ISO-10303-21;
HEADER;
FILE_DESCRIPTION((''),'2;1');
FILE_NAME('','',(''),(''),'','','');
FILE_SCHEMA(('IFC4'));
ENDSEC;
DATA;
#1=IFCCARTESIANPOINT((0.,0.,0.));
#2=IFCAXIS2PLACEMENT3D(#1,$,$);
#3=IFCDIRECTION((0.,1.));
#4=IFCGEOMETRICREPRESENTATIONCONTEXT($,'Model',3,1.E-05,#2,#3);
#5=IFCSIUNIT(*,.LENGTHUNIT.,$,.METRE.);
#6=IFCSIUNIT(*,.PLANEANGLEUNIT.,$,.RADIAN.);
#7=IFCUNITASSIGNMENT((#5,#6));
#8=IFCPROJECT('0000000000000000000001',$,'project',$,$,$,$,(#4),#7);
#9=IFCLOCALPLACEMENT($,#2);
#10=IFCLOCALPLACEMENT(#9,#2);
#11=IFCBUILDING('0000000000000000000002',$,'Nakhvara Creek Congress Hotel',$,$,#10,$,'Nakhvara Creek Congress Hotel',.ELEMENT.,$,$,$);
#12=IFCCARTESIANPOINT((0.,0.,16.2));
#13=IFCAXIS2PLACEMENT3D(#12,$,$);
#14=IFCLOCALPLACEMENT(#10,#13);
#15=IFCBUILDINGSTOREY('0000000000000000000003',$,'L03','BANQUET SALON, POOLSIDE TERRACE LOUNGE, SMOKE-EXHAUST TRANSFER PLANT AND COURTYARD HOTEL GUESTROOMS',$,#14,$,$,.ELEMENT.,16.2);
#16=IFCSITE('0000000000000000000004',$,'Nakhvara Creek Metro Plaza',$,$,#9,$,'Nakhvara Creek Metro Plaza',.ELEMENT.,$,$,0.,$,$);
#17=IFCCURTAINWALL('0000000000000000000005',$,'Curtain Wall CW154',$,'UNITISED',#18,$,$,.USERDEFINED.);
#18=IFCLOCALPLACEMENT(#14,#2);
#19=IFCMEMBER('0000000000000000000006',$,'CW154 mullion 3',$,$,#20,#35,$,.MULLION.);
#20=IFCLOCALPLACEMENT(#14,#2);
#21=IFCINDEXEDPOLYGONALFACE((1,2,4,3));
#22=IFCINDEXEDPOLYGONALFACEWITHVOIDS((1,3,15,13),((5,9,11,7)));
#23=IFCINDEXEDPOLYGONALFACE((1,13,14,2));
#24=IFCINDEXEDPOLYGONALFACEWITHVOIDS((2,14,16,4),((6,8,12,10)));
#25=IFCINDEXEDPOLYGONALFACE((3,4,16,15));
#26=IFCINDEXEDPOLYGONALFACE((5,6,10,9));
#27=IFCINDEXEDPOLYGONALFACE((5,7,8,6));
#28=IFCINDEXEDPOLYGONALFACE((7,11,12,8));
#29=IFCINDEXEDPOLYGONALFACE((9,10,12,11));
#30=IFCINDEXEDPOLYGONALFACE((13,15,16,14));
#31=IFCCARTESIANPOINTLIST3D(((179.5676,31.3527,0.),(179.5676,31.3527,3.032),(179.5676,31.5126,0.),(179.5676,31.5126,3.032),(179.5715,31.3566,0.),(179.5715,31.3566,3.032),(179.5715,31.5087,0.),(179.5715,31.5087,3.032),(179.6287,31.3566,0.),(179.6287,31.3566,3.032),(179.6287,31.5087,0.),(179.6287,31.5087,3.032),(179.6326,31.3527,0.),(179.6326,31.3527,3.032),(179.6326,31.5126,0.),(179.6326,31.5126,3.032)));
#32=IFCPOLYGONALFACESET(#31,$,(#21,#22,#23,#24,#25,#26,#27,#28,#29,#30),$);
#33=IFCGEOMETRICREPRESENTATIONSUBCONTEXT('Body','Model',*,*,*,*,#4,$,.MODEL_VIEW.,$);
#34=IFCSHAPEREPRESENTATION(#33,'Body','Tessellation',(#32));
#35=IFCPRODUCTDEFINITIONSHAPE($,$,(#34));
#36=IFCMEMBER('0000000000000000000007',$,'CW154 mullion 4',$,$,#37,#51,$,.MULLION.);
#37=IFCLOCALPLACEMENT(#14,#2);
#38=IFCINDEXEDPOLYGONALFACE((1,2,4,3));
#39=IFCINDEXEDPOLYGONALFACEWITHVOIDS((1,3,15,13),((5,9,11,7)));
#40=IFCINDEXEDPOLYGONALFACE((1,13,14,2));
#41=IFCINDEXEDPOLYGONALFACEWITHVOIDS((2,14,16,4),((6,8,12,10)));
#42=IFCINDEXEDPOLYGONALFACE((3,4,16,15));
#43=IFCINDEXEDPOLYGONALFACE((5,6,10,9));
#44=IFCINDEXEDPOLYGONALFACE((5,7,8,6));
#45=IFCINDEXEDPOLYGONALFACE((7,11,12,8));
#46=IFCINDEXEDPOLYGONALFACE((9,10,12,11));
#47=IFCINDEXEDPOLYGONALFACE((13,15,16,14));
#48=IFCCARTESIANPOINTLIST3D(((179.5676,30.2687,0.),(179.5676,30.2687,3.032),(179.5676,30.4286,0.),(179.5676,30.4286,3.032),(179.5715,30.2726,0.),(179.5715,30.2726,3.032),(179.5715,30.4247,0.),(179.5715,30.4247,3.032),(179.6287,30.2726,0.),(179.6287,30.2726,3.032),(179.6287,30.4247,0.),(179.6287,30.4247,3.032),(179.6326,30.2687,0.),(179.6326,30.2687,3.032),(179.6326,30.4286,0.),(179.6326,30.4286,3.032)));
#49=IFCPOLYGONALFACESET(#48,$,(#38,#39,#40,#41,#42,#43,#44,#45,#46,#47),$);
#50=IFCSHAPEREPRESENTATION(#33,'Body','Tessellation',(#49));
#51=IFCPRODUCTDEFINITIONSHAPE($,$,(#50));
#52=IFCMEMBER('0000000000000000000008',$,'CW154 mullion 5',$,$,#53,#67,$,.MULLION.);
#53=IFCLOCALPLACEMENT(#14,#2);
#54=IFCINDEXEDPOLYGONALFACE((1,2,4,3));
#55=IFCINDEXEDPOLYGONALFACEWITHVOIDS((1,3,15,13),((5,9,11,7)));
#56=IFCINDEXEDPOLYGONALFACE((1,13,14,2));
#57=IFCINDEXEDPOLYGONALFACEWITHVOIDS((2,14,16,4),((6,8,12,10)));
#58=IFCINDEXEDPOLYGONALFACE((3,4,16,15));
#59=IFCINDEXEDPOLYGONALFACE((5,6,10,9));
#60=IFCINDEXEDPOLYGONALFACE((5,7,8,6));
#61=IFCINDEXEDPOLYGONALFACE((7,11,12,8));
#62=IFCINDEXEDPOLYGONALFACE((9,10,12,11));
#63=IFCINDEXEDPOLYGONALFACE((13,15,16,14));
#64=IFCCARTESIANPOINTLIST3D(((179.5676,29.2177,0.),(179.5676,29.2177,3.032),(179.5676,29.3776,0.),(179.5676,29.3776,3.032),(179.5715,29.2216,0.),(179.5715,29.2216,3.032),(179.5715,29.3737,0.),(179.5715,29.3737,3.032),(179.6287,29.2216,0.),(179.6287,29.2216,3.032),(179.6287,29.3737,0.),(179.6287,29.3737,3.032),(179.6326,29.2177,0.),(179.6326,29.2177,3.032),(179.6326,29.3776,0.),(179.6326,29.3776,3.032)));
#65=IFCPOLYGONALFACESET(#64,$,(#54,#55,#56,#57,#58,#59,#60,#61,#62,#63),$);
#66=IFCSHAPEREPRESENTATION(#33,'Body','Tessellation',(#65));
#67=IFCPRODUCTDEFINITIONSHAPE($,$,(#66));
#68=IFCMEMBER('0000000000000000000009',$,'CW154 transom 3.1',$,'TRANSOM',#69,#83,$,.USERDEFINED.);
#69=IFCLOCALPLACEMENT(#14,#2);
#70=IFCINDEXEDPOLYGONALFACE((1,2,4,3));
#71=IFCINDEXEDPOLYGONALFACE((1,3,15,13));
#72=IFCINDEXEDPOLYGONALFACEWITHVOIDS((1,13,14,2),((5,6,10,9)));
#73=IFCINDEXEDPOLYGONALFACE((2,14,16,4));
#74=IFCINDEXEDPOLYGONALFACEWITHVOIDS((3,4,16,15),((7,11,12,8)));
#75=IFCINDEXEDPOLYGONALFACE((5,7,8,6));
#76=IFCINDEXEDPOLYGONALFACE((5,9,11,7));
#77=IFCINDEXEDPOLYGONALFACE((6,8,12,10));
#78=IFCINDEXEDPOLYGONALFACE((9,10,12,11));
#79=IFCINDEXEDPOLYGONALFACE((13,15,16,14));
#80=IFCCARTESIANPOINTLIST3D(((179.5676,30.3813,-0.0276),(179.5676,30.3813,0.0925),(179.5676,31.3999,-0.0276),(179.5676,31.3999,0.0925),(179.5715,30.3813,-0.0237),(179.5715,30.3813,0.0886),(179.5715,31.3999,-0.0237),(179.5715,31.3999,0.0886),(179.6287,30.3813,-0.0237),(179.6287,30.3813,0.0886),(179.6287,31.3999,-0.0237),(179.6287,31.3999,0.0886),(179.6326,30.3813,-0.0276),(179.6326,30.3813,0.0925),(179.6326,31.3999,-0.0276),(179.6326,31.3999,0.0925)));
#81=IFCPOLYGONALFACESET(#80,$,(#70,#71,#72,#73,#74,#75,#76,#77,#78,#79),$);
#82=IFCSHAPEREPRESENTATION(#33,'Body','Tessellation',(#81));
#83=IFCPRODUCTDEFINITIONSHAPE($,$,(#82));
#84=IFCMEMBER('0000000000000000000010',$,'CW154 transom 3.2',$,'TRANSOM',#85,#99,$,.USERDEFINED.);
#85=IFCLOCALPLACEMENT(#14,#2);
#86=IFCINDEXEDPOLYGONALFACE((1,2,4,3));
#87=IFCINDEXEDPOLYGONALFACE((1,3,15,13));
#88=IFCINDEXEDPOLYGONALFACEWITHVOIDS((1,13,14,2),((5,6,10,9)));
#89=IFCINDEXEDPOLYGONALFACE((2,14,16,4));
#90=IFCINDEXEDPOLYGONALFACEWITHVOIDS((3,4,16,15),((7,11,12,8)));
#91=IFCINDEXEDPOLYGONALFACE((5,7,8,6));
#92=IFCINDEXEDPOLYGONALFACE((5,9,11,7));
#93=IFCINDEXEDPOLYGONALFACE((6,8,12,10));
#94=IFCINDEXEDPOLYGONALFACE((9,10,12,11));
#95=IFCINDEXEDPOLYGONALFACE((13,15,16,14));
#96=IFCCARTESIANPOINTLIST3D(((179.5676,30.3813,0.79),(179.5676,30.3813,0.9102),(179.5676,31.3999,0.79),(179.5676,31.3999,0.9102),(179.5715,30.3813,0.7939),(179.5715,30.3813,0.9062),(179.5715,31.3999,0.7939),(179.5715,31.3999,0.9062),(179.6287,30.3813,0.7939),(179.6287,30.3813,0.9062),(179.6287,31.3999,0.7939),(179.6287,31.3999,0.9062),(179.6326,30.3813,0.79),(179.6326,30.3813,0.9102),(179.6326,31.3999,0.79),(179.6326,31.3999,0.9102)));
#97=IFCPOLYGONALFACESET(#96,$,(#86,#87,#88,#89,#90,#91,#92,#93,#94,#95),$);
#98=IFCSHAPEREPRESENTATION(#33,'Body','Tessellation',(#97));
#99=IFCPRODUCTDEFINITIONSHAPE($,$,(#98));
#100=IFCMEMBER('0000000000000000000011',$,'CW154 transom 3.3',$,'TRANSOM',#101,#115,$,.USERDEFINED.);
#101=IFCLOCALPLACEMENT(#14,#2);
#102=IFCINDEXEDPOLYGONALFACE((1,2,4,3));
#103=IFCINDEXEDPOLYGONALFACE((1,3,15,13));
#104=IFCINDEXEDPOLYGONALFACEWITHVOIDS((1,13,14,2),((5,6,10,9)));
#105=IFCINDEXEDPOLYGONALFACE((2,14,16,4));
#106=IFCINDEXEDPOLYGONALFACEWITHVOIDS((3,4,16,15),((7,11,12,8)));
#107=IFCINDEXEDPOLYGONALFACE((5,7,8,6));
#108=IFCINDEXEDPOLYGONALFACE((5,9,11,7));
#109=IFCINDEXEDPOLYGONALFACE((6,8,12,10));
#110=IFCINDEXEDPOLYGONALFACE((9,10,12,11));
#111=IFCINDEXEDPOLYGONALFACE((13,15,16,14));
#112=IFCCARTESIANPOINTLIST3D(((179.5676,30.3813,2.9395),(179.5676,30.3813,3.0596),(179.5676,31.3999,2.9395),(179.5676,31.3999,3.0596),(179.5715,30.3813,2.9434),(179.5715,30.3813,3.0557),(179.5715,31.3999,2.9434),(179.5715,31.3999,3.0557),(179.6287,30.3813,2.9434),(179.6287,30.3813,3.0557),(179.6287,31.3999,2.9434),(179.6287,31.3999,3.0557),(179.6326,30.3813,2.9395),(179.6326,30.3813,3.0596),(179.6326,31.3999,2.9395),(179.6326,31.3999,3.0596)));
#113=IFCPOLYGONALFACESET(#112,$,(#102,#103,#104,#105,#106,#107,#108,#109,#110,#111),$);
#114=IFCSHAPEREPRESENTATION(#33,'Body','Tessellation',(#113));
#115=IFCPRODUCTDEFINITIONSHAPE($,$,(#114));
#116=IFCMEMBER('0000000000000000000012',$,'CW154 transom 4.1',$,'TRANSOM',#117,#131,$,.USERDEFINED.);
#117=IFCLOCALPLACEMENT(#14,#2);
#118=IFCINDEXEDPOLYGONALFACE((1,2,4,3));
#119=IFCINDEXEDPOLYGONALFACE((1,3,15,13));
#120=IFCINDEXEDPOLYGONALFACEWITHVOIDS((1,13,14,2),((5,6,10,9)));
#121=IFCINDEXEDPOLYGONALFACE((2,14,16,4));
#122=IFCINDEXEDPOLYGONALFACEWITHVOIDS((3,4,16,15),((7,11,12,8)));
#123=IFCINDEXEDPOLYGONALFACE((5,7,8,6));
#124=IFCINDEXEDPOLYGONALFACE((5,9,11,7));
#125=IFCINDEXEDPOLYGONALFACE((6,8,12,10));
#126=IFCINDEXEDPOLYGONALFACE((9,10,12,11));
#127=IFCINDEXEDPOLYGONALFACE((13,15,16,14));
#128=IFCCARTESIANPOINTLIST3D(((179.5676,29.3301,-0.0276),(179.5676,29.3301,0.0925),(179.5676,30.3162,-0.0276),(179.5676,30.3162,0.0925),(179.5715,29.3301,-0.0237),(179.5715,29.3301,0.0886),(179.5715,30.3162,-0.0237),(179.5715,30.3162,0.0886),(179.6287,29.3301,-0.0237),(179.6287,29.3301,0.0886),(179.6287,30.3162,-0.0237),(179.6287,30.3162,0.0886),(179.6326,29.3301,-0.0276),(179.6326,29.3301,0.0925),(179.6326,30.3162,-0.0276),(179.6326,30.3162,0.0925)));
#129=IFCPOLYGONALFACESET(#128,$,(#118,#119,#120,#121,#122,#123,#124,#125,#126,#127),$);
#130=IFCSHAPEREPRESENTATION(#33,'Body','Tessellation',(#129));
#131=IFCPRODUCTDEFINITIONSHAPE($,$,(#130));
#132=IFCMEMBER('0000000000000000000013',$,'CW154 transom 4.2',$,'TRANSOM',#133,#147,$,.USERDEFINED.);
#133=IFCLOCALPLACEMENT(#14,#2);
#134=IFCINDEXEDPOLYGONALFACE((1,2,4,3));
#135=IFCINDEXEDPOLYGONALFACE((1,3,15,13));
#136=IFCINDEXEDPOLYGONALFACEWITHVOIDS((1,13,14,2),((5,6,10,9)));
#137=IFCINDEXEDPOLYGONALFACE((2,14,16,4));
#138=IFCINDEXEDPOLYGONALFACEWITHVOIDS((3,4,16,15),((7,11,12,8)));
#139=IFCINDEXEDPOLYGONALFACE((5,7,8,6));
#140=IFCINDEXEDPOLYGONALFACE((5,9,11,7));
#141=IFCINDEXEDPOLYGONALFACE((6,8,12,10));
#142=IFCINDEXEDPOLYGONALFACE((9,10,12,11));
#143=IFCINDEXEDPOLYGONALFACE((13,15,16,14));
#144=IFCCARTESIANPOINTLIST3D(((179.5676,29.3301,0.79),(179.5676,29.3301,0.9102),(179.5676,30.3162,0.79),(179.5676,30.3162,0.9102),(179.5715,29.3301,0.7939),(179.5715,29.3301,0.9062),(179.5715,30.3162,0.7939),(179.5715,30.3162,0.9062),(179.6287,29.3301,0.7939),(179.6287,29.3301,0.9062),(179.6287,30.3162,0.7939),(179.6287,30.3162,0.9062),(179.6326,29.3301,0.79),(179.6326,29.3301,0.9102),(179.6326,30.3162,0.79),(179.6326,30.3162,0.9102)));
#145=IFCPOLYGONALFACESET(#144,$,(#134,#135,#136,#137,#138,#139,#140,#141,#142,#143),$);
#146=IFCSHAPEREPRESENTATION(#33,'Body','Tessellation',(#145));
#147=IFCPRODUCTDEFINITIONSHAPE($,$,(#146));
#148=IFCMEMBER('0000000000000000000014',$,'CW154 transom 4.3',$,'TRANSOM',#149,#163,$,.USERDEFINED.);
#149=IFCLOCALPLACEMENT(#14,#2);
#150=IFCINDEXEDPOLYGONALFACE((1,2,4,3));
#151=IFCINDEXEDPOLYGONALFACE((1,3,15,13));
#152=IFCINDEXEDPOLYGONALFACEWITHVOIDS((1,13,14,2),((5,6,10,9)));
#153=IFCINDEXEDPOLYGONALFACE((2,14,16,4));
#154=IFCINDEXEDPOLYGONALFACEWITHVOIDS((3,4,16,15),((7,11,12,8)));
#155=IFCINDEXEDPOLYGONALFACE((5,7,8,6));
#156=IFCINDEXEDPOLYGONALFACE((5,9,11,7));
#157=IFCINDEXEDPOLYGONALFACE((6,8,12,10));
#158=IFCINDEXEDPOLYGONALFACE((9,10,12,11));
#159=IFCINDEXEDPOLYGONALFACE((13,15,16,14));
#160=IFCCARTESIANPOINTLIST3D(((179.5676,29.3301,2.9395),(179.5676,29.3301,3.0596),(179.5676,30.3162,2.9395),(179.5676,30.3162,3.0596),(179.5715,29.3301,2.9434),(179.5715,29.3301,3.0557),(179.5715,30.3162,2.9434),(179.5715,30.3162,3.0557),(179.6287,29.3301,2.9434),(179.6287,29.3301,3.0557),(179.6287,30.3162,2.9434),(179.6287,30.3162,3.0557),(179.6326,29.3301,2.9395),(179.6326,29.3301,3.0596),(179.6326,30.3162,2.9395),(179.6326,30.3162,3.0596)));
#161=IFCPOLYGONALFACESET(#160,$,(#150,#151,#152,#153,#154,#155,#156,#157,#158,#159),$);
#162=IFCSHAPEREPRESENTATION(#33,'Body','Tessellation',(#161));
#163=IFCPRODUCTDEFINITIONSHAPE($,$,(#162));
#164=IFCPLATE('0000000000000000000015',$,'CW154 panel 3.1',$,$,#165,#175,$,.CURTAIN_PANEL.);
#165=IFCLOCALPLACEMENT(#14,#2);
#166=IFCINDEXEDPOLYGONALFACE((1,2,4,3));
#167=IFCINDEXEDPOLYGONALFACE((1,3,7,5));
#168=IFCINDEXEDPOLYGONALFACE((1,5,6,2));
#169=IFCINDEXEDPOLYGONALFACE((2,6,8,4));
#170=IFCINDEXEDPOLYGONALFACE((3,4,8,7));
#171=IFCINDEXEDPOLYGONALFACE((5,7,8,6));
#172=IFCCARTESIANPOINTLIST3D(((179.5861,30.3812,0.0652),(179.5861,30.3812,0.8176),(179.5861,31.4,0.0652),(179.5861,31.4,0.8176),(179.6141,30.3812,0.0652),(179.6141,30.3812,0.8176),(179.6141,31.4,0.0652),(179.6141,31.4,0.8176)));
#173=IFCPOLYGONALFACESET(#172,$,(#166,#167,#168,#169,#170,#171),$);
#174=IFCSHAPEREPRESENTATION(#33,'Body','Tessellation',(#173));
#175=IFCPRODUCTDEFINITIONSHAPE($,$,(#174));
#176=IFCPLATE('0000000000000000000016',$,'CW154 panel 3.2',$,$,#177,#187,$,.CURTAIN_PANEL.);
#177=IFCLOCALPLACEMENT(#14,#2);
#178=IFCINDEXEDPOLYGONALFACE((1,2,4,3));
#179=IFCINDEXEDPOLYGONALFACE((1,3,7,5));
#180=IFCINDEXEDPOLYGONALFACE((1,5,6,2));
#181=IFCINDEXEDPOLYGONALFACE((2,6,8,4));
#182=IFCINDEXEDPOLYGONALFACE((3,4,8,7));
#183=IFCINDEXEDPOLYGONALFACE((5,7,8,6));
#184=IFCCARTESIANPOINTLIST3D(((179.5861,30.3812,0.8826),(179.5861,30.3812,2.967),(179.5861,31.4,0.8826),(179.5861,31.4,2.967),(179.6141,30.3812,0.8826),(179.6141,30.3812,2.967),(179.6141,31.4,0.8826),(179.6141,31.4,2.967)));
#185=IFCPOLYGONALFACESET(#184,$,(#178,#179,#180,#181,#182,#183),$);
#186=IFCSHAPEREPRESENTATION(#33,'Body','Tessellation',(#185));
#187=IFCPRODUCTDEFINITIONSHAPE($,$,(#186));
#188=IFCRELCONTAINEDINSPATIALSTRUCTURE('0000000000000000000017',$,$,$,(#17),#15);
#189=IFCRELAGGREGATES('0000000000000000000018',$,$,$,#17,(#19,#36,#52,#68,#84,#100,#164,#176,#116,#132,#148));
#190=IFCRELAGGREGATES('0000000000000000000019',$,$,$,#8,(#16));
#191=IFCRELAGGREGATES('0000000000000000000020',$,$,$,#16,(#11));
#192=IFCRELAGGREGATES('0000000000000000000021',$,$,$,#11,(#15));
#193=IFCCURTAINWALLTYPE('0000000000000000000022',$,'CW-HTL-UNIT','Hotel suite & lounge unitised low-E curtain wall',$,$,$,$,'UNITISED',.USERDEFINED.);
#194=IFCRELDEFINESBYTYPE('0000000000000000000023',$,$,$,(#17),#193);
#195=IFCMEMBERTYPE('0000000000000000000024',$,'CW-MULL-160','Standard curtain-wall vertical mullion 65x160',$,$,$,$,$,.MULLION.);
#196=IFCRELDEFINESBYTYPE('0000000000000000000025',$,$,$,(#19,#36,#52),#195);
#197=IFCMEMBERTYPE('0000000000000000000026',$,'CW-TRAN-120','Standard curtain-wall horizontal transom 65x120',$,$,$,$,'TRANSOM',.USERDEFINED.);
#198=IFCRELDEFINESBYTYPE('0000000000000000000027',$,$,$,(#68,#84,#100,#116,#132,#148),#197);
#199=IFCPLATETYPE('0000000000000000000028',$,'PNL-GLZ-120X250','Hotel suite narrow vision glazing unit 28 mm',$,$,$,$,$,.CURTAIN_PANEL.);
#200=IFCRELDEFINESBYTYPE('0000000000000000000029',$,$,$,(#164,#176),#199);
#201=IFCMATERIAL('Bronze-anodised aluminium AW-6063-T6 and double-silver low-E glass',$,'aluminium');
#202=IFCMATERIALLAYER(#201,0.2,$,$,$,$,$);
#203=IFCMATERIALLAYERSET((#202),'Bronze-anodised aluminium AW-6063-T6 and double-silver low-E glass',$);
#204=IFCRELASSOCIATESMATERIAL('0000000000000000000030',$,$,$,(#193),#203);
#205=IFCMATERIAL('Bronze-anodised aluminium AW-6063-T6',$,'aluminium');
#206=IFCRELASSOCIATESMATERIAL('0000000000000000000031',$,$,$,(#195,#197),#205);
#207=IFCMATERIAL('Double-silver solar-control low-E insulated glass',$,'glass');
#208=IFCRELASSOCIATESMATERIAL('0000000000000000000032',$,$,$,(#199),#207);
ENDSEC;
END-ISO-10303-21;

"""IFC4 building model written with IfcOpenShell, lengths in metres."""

from ifc_helpers import new_model, si_unit, direction, frame, origin, origin_2d, place, context, subcontext, project, spatial, rectangle, hollow_rectangle, extrude, material, layer, layer_set, material_profile, profile_set, type_object, element, aggregate, save


model = new_model("IFC4")

# Units and contexts
model_context = context("Model", 3, precision=1e-05, world=origin(), true_north=direction((0.0, 1.0)))
body_context = subcontext(model_context, "Body", "Model", "MODEL_VIEW")
ifc_project = project(units=[si_unit("LENGTHUNIT", "METRE"), si_unit("PLANEANGLEUNIT", "RADIAN")], contexts=[model_context])

# Site, building, storey
site_placement = place(None, origin())
site = spatial("IfcSite", under=ifc_project, at=site_placement, Name="Nakhvara Creek Metro Plaza", LongName="Nakhvara Creek Metro Plaza", CompositionType="ELEMENT", RefElevation=0.0)
building_placement = place(site_placement, origin())
building = spatial("IfcBuilding", under=site, at=building_placement, Name="Nakhvara Creek Congress Hotel", LongName="Nakhvara Creek Congress Hotel", CompositionType="ELEMENT")
storey_placement = place(building_placement, frame((0.0, 0.0, 16.2)))
storey = spatial("IfcBuildingStorey", under=building, at=storey_placement, Name="L03", Description="BANQUET SALON, POOLSIDE TERRACE LOUNGE, SMOKE-EXHAUST TRANSFER PLANT AND COURTYARD HOTEL GUESTROOMS", CompositionType="ELEMENT", Elevation=16.2)

# Curtain wall, members, plates
ifc_material_1 = material(Name="Bronze-anodised aluminium AW-6063-T6 and double-silver low-E glass", Category="aluminium")
ifc_layer_1 = layer(ifc_material_1, 0.2)
ifc_layer_set_1 = layer_set([ifc_layer_1], Name="Bronze-anodised aluminium AW-6063-T6 and double-silver low-E glass")
curtain_wall_type = type_object("IfcCurtainWallType", Name="CW-HTL-UNIT", Description="Hotel suite & lounge unitised low-E curtain wall", ElementType="UNITISED", PredefinedType="USERDEFINED", material=ifc_layer_set_1)
curtain_wall_placement = place(storey_placement, origin())
curtain_wall = element("IfcCurtainWall", 1, at=curtain_wall_placement, inside=storey, type_object=curtain_wall_type, Name="Curtain Wall CW154", ObjectType="UNITISED", PredefinedType="USERDEFINED")
ifc_material_2 = material(Name="Bronze-anodised aluminium AW-6063-T6", Category="aluminium")
ifc_material_profile_1 = material_profile(ifc_material_2, hollow_rectangle(XDim=0.0649, YDim=0.1599, WallThickness=0.0039, at=origin_2d()), Name="ALU-MULL 65x160x4", Category="LoadBearing")
ifc_profile_set_1 = profile_set([ifc_material_profile_1], Name="Bronze-anodised aluminium AW-6063-T6")
member_type_1 = type_object("IfcMemberType", Name="CW-MULL-160", Description="Standard curtain-wall vertical mullion 65x160", PredefinedType="MULLION", material=ifc_profile_set_1)
member_1_placement = place(storey_placement, frame((179.6001, 31.4326, 0.0), z_axis=(0.0, 0.0, 1.0), x_axis=(1.0, 0.0, 0.0)))
member_1 = element("IfcMember", 2, at=member_1_placement, type_object=member_type_1, Name="CW154 mullion 3", PredefinedType="MULLION", context=body_context, shape_type="SweptSolid", body=[
    extrude(hollow_rectangle(XDim=0.0649, YDim=0.1599, WallThickness=0.0039, at=origin_2d()), origin(), (0.0, 0.0, 1.0), 3.032),
])
member_2_placement = place(storey_placement, frame((179.6001, 30.3486, 0.0), z_axis=(0.0, 0.0, 1.0), x_axis=(1.0, 0.0, 0.0)))
member_2 = element("IfcMember", 3, at=member_2_placement, type_object=member_type_1, Name="CW154 mullion 4", PredefinedType="MULLION", context=body_context, shape_type="SweptSolid", body=[
    extrude(hollow_rectangle(XDim=0.0649, YDim=0.1599, WallThickness=0.0039, at=origin_2d()), origin(), (0.0, 0.0, 1.0), 3.032),
])
member_3_placement = place(storey_placement, frame((179.6001, 29.2976, 0.0), z_axis=(0.0, 0.0, 1.0), x_axis=(1.0, 0.0, 0.0)))
member_3 = element("IfcMember", 4, at=member_3_placement, type_object=member_type_1, Name="CW154 mullion 5", PredefinedType="MULLION", context=body_context, shape_type="SweptSolid", body=[
    extrude(hollow_rectangle(XDim=0.0649, YDim=0.1599, WallThickness=0.0039, at=origin_2d()), origin(), (0.0, 0.0, 1.0), 3.032),
])
ifc_material_profile_2 = material_profile(ifc_material_2, hollow_rectangle(XDim=0.0649, YDim=0.1201, WallThickness=0.0039, at=origin_2d()), Name="ALU-TRAN 65x120x4", Category="LoadBearing")
ifc_profile_set_2 = profile_set([ifc_material_profile_2], Name="Bronze-anodised aluminium AW-6063-T6")
member_type_2 = type_object("IfcMemberType", Name="CW-TRAN-120", Description="Standard curtain-wall horizontal transom 65x120", ElementType="TRANSOM", PredefinedType="USERDEFINED", material=ifc_profile_set_2)
member_4_placement = place(storey_placement, frame((179.6001, 31.3999, 0.0325), z_axis=(0.0, -1.0, 0.0), x_axis=(1.0, 0.0, 0.0)))
member_4 = element("IfcMember", 5, at=member_4_placement, type_object=member_type_2, Name="CW154 transom 3.1", ObjectType="TRANSOM", PredefinedType="USERDEFINED", context=body_context, shape_type="SweptSolid", body=[
    extrude(hollow_rectangle(XDim=0.0649, YDim=0.1201, WallThickness=0.0039, at=origin_2d()), origin(), (0.0, 0.0, 1.0), 1.0186),
])
member_5_placement = place(storey_placement, frame((179.6001, 31.3999, 0.8501), z_axis=(0.0, -1.0, 0.0), x_axis=(1.0, 0.0, 0.0)))
member_5 = element("IfcMember", 6, at=member_5_placement, type_object=member_type_2, Name="CW154 transom 3.2", ObjectType="TRANSOM", PredefinedType="USERDEFINED", context=body_context, shape_type="SweptSolid", body=[
    extrude(hollow_rectangle(XDim=0.0649, YDim=0.1201, WallThickness=0.0039, at=origin_2d()), origin(), (0.0, 0.0, 1.0), 1.0186),
])
member_6_placement = place(storey_placement, frame((179.6001, 31.3999, 2.9995), z_axis=(0.0, -1.0, 0.0), x_axis=(1.0, 0.0, 0.0)))
member_6 = element("IfcMember", 7, at=member_6_placement, type_object=member_type_2, Name="CW154 transom 3.3", ObjectType="TRANSOM", PredefinedType="USERDEFINED", context=body_context, shape_type="SweptSolid", body=[
    extrude(hollow_rectangle(XDim=0.0649, YDim=0.1201, WallThickness=0.0039, at=origin_2d()), origin(), (0.0, 0.0, 1.0), 1.0186),
])
member_7_placement = place(storey_placement, frame((179.6001, 30.3162, 0.0325), z_axis=(0.0, -1.0, 0.0), x_axis=(1.0, 0.0, 0.0)))
member_7 = element("IfcMember", 8, at=member_7_placement, type_object=member_type_2, Name="CW154 transom 4.1", ObjectType="TRANSOM", PredefinedType="USERDEFINED", context=body_context, shape_type="SweptSolid", body=[
    extrude(hollow_rectangle(XDim=0.0649, YDim=0.1201, WallThickness=0.0039, at=origin_2d()), origin(), (0.0, 0.0, 1.0), 0.9861),
])
member_8_placement = place(storey_placement, frame((179.6001, 30.3162, 0.8501), z_axis=(0.0, -1.0, 0.0), x_axis=(1.0, 0.0, 0.0)))
member_8 = element("IfcMember", 9, at=member_8_placement, type_object=member_type_2, Name="CW154 transom 4.2", ObjectType="TRANSOM", PredefinedType="USERDEFINED", context=body_context, shape_type="SweptSolid", body=[
    extrude(hollow_rectangle(XDim=0.0649, YDim=0.1201, WallThickness=0.0039, at=origin_2d()), origin(), (0.0, 0.0, 1.0), 0.9861),
])
member_9_placement = place(storey_placement, frame((179.6001, 30.3162, 2.9995), z_axis=(0.0, -1.0, 0.0), x_axis=(1.0, 0.0, 0.0)))
member_9 = element("IfcMember", 10, at=member_9_placement, type_object=member_type_2, Name="CW154 transom 4.3", ObjectType="TRANSOM", PredefinedType="USERDEFINED", context=body_context, shape_type="SweptSolid", body=[
    extrude(hollow_rectangle(XDim=0.0649, YDim=0.1201, WallThickness=0.0039, at=origin_2d()), origin(), (0.0, 0.0, 1.0), 0.9861),
])
ifc_material_3 = material(Name="Double-silver solar-control low-E insulated glass", Category="glass")
plate_type = type_object("IfcPlateType", Name="PNL-GLZ-120X250", Description="Hotel suite narrow vision glazing unit 28 mm", PredefinedType="CURTAIN_PANEL", material=ifc_material_3)
plate_1_placement = place(storey_placement, frame((179.6001, 30.8906, 0.0652), z_axis=(0.0, 0.0, 1.0), x_axis=(0.0, -1.0, 0.0)))
plate_1 = element("IfcPlate", 11, at=plate_1_placement, type_object=plate_type, Name="CW154 panel 3.1", PredefinedType="CURTAIN_PANEL", context=body_context, shape_type="SweptSolid", body=[
    extrude(rectangle(XDim=1.0188, YDim=0.0281, at=origin_2d()), origin(), (0.0, 0.0, 1.0), 0.7524),
])
plate_2_placement = place(storey_placement, frame((179.6001, 30.8906, 0.8826), z_axis=(0.0, 0.0, 1.0), x_axis=(0.0, -1.0, 0.0)))
plate_2 = element("IfcPlate", 12, at=plate_2_placement, type_object=plate_type, Name="CW154 panel 3.2", PredefinedType="CURTAIN_PANEL", context=body_context, shape_type="SweptSolid", body=[
    extrude(rectangle(XDim=1.0188, YDim=0.0281, at=origin_2d()), origin(), (0.0, 0.0, 1.0), 2.0845),
])
aggregate(curtain_wall, [member_1, member_2, member_3, member_4, member_5, member_6, plate_1, plate_2, member_7, member_8, member_9])

save(model, "model.ifc")
